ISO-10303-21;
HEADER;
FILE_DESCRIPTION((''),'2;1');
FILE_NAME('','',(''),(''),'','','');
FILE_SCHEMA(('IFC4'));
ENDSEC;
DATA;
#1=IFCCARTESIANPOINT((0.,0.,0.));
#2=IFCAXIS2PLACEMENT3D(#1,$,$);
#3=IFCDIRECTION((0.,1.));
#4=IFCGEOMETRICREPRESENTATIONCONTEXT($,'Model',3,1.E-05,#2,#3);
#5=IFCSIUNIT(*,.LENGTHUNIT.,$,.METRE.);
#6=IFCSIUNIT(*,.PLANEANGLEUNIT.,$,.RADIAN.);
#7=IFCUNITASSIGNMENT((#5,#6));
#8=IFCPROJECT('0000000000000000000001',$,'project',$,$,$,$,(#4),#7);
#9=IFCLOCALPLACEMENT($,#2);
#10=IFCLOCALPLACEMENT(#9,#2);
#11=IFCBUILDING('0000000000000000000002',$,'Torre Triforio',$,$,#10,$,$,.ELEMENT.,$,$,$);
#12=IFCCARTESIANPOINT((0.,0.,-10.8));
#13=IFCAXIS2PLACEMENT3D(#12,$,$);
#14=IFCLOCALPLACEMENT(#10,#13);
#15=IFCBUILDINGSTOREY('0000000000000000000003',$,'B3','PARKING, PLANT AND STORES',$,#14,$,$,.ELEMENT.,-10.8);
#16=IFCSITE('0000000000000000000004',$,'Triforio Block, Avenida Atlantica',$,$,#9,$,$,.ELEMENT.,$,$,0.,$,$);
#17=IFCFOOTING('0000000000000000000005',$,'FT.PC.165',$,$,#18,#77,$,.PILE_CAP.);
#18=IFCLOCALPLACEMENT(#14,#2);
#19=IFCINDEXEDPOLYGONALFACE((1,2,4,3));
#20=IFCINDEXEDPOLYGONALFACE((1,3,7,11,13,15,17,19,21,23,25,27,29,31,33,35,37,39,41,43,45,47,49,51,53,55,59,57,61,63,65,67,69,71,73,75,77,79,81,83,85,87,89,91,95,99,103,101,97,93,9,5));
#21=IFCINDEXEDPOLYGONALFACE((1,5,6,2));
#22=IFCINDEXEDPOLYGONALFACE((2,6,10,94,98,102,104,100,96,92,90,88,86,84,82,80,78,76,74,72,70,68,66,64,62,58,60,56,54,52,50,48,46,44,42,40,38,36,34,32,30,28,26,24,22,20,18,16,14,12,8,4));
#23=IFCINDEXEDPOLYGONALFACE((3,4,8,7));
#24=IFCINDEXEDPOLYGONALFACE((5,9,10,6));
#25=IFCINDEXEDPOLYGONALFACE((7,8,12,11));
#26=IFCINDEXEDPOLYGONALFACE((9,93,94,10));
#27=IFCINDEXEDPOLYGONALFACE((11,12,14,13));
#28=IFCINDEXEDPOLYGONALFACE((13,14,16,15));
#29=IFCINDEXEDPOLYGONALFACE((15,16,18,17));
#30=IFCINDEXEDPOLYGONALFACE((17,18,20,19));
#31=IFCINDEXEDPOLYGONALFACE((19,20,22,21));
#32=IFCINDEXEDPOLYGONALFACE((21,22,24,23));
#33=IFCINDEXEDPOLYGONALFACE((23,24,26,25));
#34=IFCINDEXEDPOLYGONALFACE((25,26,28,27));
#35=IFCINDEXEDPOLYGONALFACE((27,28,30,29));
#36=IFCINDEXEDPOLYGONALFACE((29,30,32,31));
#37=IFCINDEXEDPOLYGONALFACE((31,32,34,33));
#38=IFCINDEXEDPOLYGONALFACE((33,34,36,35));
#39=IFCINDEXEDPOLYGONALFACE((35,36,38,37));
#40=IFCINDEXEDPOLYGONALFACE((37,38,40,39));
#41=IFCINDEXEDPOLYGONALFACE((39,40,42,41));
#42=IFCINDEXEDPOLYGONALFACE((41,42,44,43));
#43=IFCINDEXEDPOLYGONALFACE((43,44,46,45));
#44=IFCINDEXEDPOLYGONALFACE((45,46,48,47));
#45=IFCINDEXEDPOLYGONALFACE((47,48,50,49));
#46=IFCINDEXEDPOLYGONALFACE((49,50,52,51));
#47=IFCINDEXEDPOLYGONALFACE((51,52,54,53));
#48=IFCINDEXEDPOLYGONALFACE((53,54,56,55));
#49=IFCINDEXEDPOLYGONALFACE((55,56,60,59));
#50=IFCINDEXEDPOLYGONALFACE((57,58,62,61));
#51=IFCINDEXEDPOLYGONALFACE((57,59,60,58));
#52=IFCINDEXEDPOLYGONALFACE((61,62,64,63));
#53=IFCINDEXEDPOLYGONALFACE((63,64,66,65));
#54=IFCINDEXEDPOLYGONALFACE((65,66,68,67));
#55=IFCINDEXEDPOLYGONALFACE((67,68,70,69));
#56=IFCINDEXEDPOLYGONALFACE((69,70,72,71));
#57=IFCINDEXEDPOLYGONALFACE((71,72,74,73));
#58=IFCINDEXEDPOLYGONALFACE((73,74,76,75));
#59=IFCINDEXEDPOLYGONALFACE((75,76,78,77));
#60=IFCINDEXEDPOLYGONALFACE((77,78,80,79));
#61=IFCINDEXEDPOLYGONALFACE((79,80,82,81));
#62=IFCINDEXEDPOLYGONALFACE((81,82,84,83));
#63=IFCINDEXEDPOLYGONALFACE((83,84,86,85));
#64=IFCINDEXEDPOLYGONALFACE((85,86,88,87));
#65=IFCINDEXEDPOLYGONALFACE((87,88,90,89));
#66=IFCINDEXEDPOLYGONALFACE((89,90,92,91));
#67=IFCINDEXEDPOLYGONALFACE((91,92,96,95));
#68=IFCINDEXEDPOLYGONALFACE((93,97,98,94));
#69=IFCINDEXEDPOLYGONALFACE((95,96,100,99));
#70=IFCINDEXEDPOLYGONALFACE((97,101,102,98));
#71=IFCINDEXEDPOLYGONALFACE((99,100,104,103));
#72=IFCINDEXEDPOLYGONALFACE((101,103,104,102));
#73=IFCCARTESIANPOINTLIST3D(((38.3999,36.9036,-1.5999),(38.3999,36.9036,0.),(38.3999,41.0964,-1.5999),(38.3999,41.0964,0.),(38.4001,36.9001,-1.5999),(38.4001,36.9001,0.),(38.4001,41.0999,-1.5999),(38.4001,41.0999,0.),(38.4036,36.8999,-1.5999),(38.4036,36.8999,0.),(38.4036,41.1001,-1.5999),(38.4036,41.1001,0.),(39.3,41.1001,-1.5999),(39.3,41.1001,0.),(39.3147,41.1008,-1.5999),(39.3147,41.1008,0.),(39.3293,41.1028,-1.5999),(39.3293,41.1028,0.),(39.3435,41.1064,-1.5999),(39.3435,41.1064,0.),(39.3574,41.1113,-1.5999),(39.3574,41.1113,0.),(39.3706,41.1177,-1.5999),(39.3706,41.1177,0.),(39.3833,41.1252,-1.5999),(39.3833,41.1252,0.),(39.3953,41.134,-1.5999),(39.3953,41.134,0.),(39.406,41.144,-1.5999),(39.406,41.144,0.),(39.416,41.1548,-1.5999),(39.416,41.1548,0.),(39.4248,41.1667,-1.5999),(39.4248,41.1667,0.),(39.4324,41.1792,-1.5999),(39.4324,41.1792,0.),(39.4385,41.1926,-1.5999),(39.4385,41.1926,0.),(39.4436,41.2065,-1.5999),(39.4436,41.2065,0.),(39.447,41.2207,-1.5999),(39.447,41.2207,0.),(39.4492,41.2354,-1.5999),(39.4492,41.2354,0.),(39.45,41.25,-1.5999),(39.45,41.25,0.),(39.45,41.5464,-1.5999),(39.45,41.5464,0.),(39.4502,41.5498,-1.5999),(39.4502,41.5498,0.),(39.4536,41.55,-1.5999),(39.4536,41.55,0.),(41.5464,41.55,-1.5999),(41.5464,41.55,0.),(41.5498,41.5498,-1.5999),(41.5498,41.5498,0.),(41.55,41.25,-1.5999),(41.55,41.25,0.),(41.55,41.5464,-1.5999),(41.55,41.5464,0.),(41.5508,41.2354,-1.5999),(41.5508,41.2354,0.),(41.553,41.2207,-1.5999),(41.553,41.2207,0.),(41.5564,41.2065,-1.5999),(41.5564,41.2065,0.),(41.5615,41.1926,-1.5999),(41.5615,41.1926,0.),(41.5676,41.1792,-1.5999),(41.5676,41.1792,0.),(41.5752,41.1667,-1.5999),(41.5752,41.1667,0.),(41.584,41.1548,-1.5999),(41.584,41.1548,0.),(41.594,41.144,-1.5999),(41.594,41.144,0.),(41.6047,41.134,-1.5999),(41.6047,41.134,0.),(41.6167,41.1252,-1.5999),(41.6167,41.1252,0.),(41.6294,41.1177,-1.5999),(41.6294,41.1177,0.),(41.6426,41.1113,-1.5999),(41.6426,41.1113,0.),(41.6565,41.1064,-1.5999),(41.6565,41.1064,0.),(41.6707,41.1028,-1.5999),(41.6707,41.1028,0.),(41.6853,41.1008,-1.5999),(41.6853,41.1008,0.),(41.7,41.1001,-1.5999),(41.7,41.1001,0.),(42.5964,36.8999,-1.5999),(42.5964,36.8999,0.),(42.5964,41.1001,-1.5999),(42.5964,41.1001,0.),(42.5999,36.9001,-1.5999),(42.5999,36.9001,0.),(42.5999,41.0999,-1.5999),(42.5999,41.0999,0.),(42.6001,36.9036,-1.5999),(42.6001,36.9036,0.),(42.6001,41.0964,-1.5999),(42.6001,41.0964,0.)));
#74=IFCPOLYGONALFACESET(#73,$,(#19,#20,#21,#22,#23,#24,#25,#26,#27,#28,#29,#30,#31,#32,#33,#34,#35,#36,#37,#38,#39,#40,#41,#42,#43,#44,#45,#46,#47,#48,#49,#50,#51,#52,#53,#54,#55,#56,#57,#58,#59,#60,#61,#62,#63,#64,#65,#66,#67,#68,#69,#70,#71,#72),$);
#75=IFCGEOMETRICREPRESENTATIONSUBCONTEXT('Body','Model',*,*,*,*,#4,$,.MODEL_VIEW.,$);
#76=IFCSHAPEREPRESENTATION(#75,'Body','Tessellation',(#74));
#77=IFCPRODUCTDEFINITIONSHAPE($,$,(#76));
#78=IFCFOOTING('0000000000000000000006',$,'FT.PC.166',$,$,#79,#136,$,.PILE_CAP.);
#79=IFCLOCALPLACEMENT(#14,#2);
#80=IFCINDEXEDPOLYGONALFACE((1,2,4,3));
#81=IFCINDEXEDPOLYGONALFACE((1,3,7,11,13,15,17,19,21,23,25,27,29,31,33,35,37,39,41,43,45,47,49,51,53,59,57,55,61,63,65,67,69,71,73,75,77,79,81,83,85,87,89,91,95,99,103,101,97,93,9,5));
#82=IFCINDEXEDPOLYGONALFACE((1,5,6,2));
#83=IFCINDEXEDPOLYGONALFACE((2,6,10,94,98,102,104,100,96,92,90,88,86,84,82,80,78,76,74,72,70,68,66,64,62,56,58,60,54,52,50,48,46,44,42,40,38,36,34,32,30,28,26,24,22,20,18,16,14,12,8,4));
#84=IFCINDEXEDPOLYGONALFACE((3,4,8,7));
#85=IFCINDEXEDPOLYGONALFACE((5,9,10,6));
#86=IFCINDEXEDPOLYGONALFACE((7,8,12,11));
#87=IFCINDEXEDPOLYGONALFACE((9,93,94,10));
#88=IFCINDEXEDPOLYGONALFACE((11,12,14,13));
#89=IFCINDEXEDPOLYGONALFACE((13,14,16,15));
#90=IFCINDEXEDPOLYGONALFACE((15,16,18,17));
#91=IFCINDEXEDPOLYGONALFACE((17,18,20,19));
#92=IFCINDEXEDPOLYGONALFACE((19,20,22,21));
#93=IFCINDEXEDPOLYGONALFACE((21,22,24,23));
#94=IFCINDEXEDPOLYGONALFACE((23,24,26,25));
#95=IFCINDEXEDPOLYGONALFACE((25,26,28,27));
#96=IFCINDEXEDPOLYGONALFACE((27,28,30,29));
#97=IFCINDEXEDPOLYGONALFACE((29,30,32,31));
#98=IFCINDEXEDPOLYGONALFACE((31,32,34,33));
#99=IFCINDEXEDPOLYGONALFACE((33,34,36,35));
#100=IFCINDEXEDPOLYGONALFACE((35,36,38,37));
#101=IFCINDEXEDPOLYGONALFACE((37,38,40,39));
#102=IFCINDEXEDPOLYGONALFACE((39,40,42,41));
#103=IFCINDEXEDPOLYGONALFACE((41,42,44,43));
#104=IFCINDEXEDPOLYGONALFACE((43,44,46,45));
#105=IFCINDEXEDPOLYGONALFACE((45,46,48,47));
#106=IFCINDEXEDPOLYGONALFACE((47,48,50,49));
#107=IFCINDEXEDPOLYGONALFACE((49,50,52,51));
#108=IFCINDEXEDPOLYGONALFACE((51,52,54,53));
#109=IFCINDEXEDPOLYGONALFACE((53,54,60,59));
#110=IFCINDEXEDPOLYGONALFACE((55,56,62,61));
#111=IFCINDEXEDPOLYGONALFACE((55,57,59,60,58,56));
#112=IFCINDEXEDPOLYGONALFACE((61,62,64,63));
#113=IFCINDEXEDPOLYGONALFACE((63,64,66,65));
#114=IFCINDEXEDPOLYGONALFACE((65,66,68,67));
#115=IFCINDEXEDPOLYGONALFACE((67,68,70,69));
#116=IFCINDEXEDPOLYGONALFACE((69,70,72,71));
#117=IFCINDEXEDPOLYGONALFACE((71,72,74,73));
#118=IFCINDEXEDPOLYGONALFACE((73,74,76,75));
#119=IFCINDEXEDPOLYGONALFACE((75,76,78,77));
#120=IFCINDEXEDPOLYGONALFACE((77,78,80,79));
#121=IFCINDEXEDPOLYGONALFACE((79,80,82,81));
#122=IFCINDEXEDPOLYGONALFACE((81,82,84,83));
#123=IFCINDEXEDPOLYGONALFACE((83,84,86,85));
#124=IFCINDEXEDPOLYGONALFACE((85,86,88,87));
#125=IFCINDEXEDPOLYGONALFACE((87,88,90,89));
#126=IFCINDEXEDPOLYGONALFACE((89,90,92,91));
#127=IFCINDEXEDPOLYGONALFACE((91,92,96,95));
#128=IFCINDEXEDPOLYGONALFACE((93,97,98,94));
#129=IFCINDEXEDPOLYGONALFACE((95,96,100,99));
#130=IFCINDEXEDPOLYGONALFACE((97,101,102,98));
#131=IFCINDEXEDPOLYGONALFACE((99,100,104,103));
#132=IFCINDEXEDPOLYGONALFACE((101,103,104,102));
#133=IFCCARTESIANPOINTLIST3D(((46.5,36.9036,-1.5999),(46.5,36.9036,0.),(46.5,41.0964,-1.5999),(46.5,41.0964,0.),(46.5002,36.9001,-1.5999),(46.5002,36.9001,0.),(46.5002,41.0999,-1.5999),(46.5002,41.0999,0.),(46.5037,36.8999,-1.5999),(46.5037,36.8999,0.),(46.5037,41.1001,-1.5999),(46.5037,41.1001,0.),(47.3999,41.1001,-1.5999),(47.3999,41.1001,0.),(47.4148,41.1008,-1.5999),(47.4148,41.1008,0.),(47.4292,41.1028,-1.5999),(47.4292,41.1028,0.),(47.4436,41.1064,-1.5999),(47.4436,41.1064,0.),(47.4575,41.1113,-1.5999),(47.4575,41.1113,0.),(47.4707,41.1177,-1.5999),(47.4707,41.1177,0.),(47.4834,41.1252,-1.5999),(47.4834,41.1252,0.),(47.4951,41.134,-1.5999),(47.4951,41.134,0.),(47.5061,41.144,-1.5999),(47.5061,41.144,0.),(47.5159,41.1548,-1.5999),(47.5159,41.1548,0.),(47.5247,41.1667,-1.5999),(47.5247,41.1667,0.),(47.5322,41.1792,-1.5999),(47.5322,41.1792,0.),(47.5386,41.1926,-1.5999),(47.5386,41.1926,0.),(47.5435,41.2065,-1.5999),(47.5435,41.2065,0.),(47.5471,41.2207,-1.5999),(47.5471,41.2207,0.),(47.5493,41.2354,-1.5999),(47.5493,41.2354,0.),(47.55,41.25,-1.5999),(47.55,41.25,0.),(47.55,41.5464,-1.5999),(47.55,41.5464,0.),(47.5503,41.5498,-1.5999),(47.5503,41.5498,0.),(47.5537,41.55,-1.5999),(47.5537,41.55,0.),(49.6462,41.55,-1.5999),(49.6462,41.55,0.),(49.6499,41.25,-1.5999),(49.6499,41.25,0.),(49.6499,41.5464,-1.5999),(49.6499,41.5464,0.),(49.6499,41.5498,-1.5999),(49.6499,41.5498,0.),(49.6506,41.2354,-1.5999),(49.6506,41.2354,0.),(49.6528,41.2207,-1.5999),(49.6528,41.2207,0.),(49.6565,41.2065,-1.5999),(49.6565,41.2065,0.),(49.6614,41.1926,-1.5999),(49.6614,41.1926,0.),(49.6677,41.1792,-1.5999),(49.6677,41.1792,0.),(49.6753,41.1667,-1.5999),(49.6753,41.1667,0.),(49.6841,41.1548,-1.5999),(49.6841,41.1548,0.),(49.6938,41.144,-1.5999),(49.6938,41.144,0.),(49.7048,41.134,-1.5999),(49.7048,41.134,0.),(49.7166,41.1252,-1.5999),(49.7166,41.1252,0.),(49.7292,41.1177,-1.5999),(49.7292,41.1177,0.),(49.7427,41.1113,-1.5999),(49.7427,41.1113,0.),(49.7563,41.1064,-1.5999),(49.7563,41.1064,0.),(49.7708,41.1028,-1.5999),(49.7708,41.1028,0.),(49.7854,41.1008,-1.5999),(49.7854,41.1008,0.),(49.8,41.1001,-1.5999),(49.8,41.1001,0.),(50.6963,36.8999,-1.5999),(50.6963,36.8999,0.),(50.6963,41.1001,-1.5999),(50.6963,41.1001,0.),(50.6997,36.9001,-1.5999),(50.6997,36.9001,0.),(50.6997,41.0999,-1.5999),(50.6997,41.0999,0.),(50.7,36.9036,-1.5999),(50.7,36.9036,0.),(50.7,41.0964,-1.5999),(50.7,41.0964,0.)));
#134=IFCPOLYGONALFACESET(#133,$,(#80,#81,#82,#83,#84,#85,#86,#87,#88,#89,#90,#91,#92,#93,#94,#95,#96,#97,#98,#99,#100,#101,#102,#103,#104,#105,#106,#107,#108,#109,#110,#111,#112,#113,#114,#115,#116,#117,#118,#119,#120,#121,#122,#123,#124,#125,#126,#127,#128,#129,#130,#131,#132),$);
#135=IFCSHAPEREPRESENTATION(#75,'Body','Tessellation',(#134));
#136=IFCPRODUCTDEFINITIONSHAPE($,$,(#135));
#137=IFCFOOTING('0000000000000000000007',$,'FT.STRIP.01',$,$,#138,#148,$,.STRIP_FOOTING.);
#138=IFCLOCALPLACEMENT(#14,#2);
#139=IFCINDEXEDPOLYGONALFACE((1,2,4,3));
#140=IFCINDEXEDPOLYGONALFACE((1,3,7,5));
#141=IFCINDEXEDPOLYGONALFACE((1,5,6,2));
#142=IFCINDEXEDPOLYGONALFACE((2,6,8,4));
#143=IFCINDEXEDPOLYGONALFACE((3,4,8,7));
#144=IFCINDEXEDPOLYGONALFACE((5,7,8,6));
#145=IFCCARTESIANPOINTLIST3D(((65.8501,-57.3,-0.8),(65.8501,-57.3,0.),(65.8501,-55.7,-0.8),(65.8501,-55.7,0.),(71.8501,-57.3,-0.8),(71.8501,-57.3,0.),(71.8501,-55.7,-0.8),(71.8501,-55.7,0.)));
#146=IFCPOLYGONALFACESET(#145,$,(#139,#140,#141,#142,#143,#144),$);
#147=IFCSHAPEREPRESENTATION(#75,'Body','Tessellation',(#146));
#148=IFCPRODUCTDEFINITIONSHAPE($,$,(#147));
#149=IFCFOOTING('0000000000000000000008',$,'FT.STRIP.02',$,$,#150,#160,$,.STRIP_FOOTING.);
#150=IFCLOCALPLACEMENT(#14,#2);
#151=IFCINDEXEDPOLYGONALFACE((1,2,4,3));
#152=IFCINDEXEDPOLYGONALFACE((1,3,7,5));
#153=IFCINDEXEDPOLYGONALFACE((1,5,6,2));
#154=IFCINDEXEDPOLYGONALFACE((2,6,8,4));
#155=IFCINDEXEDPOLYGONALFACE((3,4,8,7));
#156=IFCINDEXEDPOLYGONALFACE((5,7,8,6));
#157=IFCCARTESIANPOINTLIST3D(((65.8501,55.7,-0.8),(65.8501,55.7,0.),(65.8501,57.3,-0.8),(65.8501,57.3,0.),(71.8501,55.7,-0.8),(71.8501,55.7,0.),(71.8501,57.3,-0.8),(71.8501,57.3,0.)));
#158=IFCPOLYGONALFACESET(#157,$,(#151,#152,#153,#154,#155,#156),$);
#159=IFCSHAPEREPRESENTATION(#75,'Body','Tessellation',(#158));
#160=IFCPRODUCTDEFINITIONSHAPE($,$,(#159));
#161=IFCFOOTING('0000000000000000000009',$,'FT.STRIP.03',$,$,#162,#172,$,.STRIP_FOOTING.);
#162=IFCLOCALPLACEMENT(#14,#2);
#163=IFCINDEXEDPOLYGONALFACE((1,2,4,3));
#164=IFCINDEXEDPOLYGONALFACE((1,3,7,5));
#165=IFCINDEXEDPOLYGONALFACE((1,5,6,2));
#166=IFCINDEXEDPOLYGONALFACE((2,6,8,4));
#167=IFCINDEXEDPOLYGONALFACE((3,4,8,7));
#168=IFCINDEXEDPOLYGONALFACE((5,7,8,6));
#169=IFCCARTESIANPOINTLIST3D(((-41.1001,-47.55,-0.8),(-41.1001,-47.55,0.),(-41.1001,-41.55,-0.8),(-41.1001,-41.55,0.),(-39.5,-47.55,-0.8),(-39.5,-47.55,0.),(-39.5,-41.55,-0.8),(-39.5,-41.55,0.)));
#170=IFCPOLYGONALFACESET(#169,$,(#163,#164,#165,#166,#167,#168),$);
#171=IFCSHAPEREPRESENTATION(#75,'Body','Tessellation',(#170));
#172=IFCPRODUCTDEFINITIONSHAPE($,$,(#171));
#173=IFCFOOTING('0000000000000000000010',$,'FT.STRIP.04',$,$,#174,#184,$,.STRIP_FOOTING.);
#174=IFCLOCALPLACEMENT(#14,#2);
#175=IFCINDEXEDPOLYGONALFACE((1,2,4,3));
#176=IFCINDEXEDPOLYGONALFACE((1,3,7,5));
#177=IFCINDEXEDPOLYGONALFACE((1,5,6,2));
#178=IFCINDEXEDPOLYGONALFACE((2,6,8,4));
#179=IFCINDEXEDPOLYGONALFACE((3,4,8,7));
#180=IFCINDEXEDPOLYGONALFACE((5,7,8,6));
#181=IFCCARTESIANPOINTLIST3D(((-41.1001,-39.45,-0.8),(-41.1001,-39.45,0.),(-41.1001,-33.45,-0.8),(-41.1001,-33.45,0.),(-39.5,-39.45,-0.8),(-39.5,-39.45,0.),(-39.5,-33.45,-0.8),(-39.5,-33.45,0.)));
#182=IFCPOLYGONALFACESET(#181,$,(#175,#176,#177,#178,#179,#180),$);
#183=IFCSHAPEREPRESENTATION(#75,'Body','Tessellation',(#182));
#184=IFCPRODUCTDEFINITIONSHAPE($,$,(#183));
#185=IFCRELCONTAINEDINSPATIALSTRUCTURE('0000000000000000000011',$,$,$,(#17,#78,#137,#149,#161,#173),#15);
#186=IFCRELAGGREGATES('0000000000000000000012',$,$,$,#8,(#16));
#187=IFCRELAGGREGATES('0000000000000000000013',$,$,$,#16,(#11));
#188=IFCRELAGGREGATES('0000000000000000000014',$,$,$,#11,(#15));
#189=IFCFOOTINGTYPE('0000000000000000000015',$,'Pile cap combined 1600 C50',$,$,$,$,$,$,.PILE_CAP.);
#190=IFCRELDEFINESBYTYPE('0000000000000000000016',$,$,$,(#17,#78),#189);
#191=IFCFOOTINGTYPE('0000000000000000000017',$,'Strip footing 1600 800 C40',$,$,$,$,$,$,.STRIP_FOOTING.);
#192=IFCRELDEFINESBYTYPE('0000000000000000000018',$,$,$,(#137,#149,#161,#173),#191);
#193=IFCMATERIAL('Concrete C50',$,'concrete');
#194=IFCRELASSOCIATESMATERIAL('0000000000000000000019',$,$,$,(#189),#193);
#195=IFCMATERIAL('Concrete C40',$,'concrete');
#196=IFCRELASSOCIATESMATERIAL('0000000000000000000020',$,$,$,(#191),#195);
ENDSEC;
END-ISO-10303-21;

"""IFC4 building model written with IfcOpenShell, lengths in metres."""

from ifc_helpers import new_model, si_unit, direction, frame, origin, place, context, subcontext, project, spatial, polyline, outline, extrude, material, type_object, element, save


model = new_model("IFC4")

# Units and contexts
model_context = context("Model", 3, precision=1e-05, world=origin(), true_north=direction((0.0, 1.0)))
body_context = subcontext(model_context, "Body", "Model", "MODEL_VIEW")
ifc_project = project(units=[si_unit("LENGTHUNIT", "METRE"), si_unit("PLANEANGLEUNIT", "RADIAN")], contexts=[model_context])

# Site, building, storey
site_placement = place(None, origin())
site = spatial("IfcSite", under=ifc_project, at=site_placement, Name="Triforio Block, Avenida Atlantica", CompositionType="ELEMENT", RefElevation=0.0)
building_placement = place(site_placement, origin())
building = spatial("IfcBuilding", under=site, at=building_placement, Name="Torre Triforio", CompositionType="ELEMENT")
storey_placement = place(building_placement, frame((0.0, 0.0, -10.8)))
storey = spatial("IfcBuildingStorey", under=building, at=storey_placement, Name="B3", Description="PARKING, PLANT AND STORES", CompositionType="ELEMENT", Elevation=-10.8)

# Footings
ifc_material_1 = material(Name="Concrete C50", Category="concrete")
footing_type_1 = type_object("IfcFootingType", Name="Pile cap combined 1600 C50", PredefinedType="PILE_CAP", material=ifc_material_1)
footing_1_placement = place(storey_placement, frame((0.0, 0.0, -1.5999)))
element("IfcFooting", 1, at=footing_1_placement, inside=storey, type_object=footing_type_1, Name="FT.PC.165", PredefinedType="PILE_CAP", context=body_context, shape_type="SweptSolid", body=[
    extrude(outline(polyline([(38.4001, 36.9001), (38.4036, 36.8999), (42.5964, 36.8999), (42.5999, 36.9001), (42.6001, 36.9036), (42.6001, 41.0964), (42.5999, 41.0999), (42.5964, 41.1001), (41.7, 41.1001), (41.6853, 41.1008), (41.6707, 41.1028), (41.6565, 41.1064), (41.6426, 41.1113), (41.6294, 41.1177), (41.6167, 41.1252), (41.6047, 41.134), (41.594, 41.144), (41.584, 41.1548), (41.5752, 41.1667), (41.5676, 41.1792), (41.5615, 41.1926), (41.5564, 41.2065), (41.553, 41.2207), (41.5508, 41.2354), (41.55, 41.25), (41.55, 41.5464), (41.5498, 41.5498), (41.5464, 41.55), (39.4536, 41.55), (39.4502, 41.5498), (39.45, 41.5464), (39.45, 41.25), (39.4492, 41.2354), (39.447, 41.2207), (39.4436, 41.2065), (39.4385, 41.1926), (39.4324, 41.1792), (39.4248, 41.1667), (39.416, 41.1548), (39.406, 41.144), (39.3953, 41.134), (39.3833, 41.1252), (39.3706, 41.1177), (39.3574, 41.1113), (39.3435, 41.1064), (39.3293, 41.1028), (39.3147, 41.1008), (39.3, 41.1001), (38.4036, 41.1001), (38.4001, 41.0999), (38.3999, 41.0964), (38.3999, 36.9036), (38.4001, 36.9001)])), origin(), (0.0, 0.0, 1.0), 1.5999),
])
footing_2_placement = place(storey_placement, frame((0.0, 0.0, -1.5999)))
element("IfcFooting", 2, at=footing_2_placement, inside=storey, type_object=footing_type_1, Name="FT.PC.166", PredefinedType="PILE_CAP", context=body_context, shape_type="SweptSolid", body=[
    extrude(outline(polyline([(46.5002, 36.9001), (46.5037, 36.8999), (50.6963, 36.8999), (50.6997, 36.9001), (50.7, 36.9036), (50.7, 41.0964), (50.6997, 41.0999), (50.6963, 41.1001), (49.8, 41.1001), (49.7854, 41.1008), (49.7708, 41.1028), (49.7563, 41.1064), (49.7427, 41.1113), (49.7292, 41.1177), (49.7166, 41.1252), (49.7048, 41.134), (49.6938, 41.144), (49.6841, 41.1548), (49.6753, 41.1667), (49.6677, 41.1792), (49.6614, 41.1926), (49.6565, 41.2065), (49.6528, 41.2207), (49.6506, 41.2354), (49.6499, 41.25), (49.6499, 41.5464), (49.6499, 41.5498), (49.6462, 41.55), (47.5537, 41.55), (47.5503, 41.5498), (47.55, 41.5464), (47.55, 41.25), (47.5493, 41.2354), (47.5471, 41.2207), (47.5435, 41.2065), (47.5386, 41.1926), (47.5322, 41.1792), (47.5247, 41.1667), (47.5159, 41.1548), (47.5061, 41.144), (47.4951, 41.134), (47.4834, 41.1252), (47.4707, 41.1177), (47.4575, 41.1113), (47.4436, 41.1064), (47.4292, 41.1028), (47.4148, 41.1008), (47.3999, 41.1001), (46.5037, 41.1001), (46.5002, 41.0999), (46.5, 41.0964), (46.5, 36.9036), (46.5002, 36.9001)])), origin(), (0.0, 0.0, 1.0), 1.5999),
])
ifc_material_2 = material(Name="Concrete C40", Category="concrete")
footing_type_2 = type_object("IfcFootingType", Name="Strip footing 1600 800 C40", PredefinedType="STRIP_FOOTING", material=ifc_material_2)
footing_3_placement = place(storey_placement, frame((0.0, 0.0, -0.8)))
element("IfcFooting", 3, at=footing_3_placement, inside=storey, type_object=footing_type_2, Name="FT.STRIP.01", PredefinedType="STRIP_FOOTING", context=body_context, shape_type="SweptSolid", body=[
    extrude(outline(polyline([(65.8501, -57.3), (71.8501, -57.3), (71.8501, -55.7), (65.8501, -55.7), (65.8501, -57.3)])), origin(), (0.0, 0.0, 1.0), 0.8),
])
footing_4_placement = place(storey_placement, frame((0.0, 0.0, -0.8)))
element("IfcFooting", 4, at=footing_4_placement, inside=storey, type_object=footing_type_2, Name="FT.STRIP.02", PredefinedType="STRIP_FOOTING", context=body_context, shape_type="SweptSolid", body=[
    extrude(outline(polyline([(71.8501, 57.3), (65.8501, 57.3), (65.8501, 55.7), (71.8501, 55.7), (71.8501, 57.3)])), origin(), (0.0, 0.0, 1.0), 0.8),
])
footing_5_placement = place(storey_placement, frame((0.0, 0.0, -0.8)))
element("IfcFooting", 5, at=footing_5_placement, inside=storey, type_object=footing_type_2, Name="FT.STRIP.03", PredefinedType="STRIP_FOOTING", context=body_context, shape_type="SweptSolid", body=[
    extrude(outline(polyline([(-41.1001, -41.55), (-41.1001, -47.55), (-39.5, -47.55), (-39.5, -41.55), (-41.1001, -41.55)])), origin(), (0.0, 0.0, 1.0), 0.8),
])
footing_6_placement = place(storey_placement, frame((0.0, 0.0, -0.8)))
element("IfcFooting", 6, at=footing_6_placement, inside=storey, type_object=footing_type_2, Name="FT.STRIP.04", PredefinedType="STRIP_FOOTING", context=body_context, shape_type="SweptSolid", body=[
    extrude(outline(polyline([(-41.1001, -33.45), (-41.1001, -39.45), (-39.5, -39.45), (-39.5, -33.45), (-41.1001, -33.45)])), origin(), (0.0, 0.0, 1.0), 0.8),
])

save(model, "model.ifc")
